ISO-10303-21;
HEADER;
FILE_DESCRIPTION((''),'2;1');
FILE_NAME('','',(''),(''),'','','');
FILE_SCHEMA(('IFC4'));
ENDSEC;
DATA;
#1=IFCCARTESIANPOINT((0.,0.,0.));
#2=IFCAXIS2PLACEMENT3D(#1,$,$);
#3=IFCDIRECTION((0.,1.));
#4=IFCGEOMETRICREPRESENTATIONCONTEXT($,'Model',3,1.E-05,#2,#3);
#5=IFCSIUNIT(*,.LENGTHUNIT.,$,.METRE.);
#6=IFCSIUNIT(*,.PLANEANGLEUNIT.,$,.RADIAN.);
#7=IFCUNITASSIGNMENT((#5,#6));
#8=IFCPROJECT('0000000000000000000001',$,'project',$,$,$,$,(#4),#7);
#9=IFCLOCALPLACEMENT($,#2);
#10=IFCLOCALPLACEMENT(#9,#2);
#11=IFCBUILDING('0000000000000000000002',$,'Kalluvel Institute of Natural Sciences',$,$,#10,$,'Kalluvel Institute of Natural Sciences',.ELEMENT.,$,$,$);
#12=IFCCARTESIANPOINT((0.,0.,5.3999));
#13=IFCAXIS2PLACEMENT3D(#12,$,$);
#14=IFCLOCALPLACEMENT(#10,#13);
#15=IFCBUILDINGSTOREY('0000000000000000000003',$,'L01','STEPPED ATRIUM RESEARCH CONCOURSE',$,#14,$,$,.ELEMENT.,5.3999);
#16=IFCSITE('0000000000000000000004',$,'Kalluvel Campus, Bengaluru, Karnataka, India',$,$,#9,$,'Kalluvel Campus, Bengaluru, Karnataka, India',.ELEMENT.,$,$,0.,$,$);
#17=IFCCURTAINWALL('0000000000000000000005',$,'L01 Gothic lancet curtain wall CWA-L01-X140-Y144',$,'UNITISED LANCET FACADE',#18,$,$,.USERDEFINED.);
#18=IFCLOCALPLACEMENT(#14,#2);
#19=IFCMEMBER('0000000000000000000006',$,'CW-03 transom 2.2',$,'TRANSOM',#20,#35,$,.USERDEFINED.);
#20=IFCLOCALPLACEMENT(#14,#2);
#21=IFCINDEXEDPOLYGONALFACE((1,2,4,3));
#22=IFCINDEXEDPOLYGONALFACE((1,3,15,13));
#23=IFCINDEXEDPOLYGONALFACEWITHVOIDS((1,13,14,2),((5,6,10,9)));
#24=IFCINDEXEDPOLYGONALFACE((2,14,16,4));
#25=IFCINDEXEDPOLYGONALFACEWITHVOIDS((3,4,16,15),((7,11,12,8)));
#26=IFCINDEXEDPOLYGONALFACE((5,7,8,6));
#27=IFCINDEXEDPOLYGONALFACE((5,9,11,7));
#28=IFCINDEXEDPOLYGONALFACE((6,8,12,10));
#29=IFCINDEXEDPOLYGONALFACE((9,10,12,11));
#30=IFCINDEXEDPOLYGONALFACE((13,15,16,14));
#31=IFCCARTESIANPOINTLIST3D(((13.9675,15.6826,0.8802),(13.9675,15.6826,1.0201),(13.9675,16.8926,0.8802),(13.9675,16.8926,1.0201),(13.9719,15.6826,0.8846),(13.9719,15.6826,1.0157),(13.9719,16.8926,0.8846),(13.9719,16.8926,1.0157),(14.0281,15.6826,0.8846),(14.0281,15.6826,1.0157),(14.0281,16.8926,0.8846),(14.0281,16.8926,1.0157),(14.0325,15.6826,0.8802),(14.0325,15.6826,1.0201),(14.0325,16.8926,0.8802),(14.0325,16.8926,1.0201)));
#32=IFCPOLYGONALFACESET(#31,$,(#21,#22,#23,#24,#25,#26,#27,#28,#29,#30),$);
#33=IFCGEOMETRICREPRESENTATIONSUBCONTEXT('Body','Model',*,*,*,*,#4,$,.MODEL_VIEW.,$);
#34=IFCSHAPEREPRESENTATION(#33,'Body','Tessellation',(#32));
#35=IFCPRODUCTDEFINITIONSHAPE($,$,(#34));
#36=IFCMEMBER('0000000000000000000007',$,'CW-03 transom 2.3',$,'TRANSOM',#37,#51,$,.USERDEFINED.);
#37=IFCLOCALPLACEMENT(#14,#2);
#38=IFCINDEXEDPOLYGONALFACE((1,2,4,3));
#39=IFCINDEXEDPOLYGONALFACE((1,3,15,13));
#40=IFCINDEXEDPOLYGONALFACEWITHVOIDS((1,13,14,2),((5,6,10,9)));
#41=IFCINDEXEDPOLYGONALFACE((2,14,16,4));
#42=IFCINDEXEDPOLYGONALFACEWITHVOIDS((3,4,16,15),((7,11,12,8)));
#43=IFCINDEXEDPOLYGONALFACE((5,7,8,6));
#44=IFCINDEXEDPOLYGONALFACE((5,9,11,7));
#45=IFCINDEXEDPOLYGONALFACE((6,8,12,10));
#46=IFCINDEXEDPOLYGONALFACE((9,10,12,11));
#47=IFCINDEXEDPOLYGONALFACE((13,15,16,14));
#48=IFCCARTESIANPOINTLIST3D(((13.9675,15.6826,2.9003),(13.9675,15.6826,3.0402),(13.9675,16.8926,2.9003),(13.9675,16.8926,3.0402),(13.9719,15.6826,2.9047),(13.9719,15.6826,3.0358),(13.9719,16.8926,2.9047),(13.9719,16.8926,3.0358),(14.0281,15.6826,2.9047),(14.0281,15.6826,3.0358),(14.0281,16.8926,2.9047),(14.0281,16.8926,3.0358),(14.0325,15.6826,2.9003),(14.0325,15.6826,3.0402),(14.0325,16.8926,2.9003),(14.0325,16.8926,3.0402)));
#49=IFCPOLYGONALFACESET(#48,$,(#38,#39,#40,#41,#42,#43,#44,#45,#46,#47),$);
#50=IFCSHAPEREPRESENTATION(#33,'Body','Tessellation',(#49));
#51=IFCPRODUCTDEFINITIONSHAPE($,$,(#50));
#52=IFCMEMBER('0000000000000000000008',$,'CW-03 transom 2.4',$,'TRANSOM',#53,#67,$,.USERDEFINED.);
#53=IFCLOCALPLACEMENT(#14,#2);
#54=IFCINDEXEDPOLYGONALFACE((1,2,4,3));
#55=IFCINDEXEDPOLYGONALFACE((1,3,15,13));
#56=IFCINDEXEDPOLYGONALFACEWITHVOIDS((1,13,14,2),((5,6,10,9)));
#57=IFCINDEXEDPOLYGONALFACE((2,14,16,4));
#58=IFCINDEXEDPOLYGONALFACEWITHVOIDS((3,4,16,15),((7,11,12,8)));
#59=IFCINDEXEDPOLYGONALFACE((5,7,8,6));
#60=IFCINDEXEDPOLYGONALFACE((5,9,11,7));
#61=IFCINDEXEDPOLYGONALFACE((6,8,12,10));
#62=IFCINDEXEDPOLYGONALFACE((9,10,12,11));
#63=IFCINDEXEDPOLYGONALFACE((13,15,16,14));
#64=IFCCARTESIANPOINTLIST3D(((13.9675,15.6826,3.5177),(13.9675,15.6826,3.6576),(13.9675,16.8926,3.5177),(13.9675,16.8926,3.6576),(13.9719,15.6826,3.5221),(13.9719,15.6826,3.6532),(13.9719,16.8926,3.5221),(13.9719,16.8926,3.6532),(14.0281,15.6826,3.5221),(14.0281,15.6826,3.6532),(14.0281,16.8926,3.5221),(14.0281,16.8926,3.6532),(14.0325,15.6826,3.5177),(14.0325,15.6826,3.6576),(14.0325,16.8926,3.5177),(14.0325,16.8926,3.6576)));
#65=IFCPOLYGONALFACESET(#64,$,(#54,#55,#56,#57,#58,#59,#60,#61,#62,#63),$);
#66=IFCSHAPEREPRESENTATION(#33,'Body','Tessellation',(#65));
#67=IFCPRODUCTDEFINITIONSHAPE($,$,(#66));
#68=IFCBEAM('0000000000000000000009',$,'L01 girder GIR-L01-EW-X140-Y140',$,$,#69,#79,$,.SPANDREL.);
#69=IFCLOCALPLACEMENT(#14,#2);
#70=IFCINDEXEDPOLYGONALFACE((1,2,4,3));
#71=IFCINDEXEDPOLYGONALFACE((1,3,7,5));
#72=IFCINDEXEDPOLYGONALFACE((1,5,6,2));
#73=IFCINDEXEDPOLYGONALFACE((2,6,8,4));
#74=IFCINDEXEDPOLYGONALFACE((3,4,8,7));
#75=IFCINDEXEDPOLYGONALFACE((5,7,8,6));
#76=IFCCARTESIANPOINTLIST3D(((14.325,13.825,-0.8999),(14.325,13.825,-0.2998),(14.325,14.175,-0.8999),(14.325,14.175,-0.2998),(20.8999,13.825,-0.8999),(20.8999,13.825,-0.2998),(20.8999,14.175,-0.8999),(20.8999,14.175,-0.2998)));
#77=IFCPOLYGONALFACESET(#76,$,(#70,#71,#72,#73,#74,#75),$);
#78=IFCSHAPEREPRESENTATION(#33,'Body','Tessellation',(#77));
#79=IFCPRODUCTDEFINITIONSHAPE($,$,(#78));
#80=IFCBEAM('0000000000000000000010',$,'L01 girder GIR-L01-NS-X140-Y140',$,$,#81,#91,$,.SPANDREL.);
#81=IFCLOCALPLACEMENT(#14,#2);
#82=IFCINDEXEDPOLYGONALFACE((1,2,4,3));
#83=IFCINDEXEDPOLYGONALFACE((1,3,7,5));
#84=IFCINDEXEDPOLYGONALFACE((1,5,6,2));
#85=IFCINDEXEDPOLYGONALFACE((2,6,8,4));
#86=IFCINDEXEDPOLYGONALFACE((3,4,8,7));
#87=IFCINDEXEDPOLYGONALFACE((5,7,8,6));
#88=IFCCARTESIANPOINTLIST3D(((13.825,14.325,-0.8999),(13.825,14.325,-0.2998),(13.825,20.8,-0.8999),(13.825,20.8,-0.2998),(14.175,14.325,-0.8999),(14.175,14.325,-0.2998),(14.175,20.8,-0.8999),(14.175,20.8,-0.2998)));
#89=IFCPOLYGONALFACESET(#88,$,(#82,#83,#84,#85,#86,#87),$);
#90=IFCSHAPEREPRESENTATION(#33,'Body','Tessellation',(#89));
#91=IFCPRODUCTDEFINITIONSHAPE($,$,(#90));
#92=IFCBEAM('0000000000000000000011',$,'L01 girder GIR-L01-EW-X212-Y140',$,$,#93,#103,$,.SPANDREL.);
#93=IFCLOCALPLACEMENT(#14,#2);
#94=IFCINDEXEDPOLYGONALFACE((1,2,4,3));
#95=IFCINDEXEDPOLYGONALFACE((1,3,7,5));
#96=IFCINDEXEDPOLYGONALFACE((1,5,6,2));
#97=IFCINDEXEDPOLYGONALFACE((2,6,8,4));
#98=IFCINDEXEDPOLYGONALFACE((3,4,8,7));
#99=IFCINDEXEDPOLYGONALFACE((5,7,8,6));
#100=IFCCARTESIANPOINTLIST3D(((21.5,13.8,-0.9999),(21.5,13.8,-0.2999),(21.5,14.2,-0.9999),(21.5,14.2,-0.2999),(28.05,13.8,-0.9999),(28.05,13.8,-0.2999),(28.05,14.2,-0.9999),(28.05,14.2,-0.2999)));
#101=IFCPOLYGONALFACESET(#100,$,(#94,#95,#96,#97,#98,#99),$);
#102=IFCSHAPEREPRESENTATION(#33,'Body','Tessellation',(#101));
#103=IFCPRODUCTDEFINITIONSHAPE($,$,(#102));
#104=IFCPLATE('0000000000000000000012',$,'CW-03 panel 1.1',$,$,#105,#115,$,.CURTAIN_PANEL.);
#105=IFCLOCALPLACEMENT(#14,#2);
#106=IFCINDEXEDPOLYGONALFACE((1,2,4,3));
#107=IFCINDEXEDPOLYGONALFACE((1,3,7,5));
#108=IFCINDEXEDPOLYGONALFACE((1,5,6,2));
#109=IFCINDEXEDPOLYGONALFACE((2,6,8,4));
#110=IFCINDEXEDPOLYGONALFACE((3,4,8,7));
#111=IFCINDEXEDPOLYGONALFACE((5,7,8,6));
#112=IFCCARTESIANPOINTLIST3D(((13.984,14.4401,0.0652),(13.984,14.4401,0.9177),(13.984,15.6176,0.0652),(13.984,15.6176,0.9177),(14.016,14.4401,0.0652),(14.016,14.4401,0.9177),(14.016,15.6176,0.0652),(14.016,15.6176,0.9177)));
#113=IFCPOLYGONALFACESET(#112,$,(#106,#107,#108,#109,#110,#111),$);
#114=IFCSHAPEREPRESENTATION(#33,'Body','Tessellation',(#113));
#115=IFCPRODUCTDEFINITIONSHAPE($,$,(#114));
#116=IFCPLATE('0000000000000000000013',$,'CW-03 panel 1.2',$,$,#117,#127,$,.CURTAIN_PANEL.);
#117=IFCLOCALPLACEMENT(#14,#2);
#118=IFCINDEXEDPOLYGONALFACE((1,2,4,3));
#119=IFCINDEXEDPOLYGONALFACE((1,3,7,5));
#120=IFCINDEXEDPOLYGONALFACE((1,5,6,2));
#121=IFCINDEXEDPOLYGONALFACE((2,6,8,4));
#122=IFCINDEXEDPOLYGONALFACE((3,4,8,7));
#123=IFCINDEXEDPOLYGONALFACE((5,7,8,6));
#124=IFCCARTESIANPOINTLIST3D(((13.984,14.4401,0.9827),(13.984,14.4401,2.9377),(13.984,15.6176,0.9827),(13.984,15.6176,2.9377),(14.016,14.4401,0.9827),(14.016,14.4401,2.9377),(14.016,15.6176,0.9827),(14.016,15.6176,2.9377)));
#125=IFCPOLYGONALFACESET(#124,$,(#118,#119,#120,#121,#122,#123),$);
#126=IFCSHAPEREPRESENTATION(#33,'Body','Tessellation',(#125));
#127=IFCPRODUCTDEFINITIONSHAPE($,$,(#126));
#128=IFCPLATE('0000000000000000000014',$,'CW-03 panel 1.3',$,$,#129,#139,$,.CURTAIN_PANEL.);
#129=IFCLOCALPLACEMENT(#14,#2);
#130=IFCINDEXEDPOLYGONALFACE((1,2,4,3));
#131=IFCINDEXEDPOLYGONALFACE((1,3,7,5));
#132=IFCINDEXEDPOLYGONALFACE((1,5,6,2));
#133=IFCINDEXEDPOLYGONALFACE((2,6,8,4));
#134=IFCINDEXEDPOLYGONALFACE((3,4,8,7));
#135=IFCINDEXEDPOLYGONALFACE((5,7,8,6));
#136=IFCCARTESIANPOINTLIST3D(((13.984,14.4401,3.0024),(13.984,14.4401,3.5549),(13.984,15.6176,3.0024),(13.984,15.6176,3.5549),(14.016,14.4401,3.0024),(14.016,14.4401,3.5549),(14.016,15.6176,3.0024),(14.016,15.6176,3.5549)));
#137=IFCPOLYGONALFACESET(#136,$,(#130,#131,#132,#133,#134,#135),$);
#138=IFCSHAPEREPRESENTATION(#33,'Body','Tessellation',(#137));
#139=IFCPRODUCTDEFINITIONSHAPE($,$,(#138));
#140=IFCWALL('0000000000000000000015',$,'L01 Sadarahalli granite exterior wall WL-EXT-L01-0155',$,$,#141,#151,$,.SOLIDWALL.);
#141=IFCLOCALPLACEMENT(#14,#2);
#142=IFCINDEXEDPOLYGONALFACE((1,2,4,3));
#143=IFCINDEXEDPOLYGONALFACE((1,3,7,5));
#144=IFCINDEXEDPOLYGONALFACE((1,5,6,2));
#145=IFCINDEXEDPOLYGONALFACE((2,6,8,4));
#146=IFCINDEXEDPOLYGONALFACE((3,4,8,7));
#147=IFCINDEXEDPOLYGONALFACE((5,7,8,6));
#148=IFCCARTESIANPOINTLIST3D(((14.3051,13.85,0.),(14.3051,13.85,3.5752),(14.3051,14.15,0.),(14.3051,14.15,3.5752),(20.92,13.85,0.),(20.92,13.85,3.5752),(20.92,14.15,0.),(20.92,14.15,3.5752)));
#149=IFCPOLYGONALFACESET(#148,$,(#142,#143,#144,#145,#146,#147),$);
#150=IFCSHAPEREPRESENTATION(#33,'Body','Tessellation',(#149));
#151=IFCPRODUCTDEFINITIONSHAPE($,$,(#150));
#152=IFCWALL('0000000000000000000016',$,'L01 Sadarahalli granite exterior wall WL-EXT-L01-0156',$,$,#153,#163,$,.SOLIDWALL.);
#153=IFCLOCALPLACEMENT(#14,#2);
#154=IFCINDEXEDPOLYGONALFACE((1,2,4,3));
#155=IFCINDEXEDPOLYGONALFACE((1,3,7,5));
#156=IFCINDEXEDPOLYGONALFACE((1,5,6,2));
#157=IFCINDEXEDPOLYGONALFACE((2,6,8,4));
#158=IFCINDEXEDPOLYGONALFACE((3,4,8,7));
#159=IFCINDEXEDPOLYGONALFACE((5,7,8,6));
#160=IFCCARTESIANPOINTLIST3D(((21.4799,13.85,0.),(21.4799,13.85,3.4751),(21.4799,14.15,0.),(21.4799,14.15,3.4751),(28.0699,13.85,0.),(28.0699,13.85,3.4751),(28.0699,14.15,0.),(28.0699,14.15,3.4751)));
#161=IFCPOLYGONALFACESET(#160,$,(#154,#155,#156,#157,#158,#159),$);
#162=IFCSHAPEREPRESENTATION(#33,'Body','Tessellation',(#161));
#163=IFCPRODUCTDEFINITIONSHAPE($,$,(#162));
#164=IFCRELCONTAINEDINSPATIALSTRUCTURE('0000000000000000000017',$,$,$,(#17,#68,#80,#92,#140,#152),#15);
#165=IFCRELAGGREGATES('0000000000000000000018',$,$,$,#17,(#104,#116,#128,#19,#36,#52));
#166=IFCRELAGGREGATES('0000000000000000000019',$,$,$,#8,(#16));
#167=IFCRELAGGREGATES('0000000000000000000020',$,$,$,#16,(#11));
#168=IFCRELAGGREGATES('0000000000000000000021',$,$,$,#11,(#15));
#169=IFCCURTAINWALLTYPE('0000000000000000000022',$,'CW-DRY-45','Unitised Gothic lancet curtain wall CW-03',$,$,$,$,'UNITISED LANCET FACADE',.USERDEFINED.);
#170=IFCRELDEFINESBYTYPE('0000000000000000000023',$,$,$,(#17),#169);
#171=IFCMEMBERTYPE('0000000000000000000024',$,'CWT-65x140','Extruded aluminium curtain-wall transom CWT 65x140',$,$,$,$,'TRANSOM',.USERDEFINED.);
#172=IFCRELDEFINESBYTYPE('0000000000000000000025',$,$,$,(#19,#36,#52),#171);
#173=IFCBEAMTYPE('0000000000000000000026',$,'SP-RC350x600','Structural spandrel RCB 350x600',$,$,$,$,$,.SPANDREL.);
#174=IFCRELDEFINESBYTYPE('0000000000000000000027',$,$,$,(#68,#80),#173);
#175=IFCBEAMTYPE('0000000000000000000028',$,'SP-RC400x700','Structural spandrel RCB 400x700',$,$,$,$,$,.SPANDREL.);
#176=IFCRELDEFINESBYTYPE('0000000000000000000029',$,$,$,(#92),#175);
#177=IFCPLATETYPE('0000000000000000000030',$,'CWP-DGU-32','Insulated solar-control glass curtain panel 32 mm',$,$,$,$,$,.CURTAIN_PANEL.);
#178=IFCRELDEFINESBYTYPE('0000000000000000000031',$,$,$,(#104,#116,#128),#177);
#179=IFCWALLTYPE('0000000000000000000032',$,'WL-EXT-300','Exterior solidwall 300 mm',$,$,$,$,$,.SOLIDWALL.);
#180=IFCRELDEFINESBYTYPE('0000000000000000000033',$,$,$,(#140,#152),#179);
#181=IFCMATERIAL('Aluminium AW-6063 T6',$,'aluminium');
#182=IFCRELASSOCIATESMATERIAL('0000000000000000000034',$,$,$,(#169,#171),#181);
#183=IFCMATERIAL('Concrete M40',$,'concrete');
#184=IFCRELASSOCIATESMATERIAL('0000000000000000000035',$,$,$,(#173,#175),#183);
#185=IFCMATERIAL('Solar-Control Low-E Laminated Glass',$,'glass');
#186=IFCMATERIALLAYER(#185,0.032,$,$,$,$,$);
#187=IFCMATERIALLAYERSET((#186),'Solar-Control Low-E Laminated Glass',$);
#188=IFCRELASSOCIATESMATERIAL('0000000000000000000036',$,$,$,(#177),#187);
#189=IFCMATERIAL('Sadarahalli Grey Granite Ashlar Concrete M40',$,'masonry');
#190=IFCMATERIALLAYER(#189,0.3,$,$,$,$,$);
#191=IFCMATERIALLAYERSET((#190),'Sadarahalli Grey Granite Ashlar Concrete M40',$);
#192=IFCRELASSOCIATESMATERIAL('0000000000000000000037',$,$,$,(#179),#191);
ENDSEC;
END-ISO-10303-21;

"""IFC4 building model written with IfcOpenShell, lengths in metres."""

from ifc_helpers import new_model, si_unit, direction, frame, frame_2d, origin, origin_2d, place, context, subcontext, project, spatial, rectangle, hollow_rectangle, extrude, material, layer, layer_set, material_profile, profile_set, type_object, element, aggregate, save


model = new_model("IFC4")

# Units and contexts
model_context = context("Model", 3, precision=1e-05, world=origin(), true_north=direction((0.0, 1.0)))
body_context = subcontext(model_context, "Body", "Model", "MODEL_VIEW")
ifc_project = project(units=[si_unit("LENGTHUNIT", "METRE"), si_unit("PLANEANGLEUNIT", "RADIAN")], contexts=[model_context])

# Site, building, storey
site_placement = place(None, origin())
site = spatial("IfcSite", under=ifc_project, at=site_placement, Name="Kalluvel Campus, Bengaluru, Karnataka, India", LongName="Kalluvel Campus, Bengaluru, Karnataka, India", CompositionType="ELEMENT", RefElevation=0.0)
building_placement = place(site_placement, origin())
building = spatial("IfcBuilding", under=site, at=building_placement, Name="Kalluvel Institute of Natural Sciences", LongName="Kalluvel Institute of Natural Sciences", CompositionType="ELEMENT")
storey_placement = place(building_placement, frame((0.0, 0.0, 5.3999)))
storey = spatial("IfcBuildingStorey", under=building, at=storey_placement, Name="L01", Description="STEPPED ATRIUM RESEARCH CONCOURSE", CompositionType="ELEMENT", Elevation=5.3999)

# Shared definitions
ifc_material_1 = material(Name="Concrete M40", Category="concrete")

# Curtain wall, members
ifc_material_2 = material(Name="Aluminium AW-6063 T6", Category="aluminium")
curtain_wall_type = type_object("IfcCurtainWallType", Name="CW-DRY-45", Description="Unitised Gothic lancet curtain wall CW-03", ElementType="UNITISED LANCET FACADE", PredefinedType="USERDEFINED", material=ifc_material_2)
curtain_wall_placement = place(storey_placement, origin())
curtain_wall = element("IfcCurtainWall", 1, at=curtain_wall_placement, inside=storey, type_object=curtain_wall_type, Name="L01 Gothic lancet curtain wall CWA-L01-X140-Y144", ObjectType="UNITISED LANCET FACADE", PredefinedType="USERDEFINED")
ifc_material_profile_1 = material_profile(ifc_material_2, hollow_rectangle(XDim=0.0649, YDim=0.1399, WallThickness=0.0044, at=origin_2d()), Name="CWT 65x140")
ifc_profile_set_1 = profile_set([ifc_material_profile_1], Name="Aluminium AW-6063 T6")
member_type_1 = type_object("IfcMemberType", Name="CWT-65x140", Description="Extruded aluminium curtain-wall transom CWT 65x140", ElementType="TRANSOM", PredefinedType="USERDEFINED", material=ifc_profile_set_1)
member_1_placement = place(storey_placement, frame((14.0, 15.6826, 0.9502), z_axis=(0.0, 1.0, 0.0), x_axis=(-1.0, 0.0, 0.0)))
member_1 = element("IfcMember", 2, at=member_1_placement, type_object=member_type_1, Name="CW-03 transom 2.2", ObjectType="TRANSOM", PredefinedType="USERDEFINED", context=body_context, shape_type="SweptSolid", body=[
    extrude(hollow_rectangle(XDim=0.0649, YDim=0.1399, WallThickness=0.0044, at=origin_2d()), origin(), (0.0, 0.0, 1.0), 1.21),
])
member_2_placement = place(storey_placement, frame((14.0, 15.6826, 2.9702), z_axis=(0.0, 1.0, 0.0), x_axis=(-1.0, 0.0, 0.0)))
member_2 = element("IfcMember", 3, at=member_2_placement, type_object=member_type_1, Name="CW-03 transom 2.3", ObjectType="TRANSOM", PredefinedType="USERDEFINED", context=body_context, shape_type="SweptSolid", body=[
    extrude(hollow_rectangle(XDim=0.0649, YDim=0.1399, WallThickness=0.0044, at=origin_2d()), origin(), (0.0, 0.0, 1.0), 1.21),
])
member_3_placement = place(storey_placement, frame((14.0, 15.6826, 3.5876), z_axis=(0.0, 1.0, 0.0), x_axis=(-1.0, 0.0, 0.0)))
member_3 = element("IfcMember", 4, at=member_3_placement, type_object=member_type_1, Name="CW-03 transom 2.4", ObjectType="TRANSOM", PredefinedType="USERDEFINED", context=body_context, shape_type="SweptSolid", body=[
    extrude(hollow_rectangle(XDim=0.0649, YDim=0.1399, WallThickness=0.0044, at=origin_2d()), origin(), (0.0, 0.0, 1.0), 1.21),
])

# Beams
ifc_material_profile_2 = material_profile(ifc_material_1, rectangle(XDim=0.3501, YDim=0.6001, at=origin_2d()), Name="RCB 350x600")
ifc_profile_set_2 = profile_set([ifc_material_profile_2], Name="Concrete M40")
beam_type_1 = type_object("IfcBeamType", Name="SP-RC350x600", Description="Structural spandrel RCB 350x600", PredefinedType="SPANDREL", material=ifc_profile_set_2)
beam_1_placement = place(storey_placement, frame((14.325, 14.0, -0.5999), z_axis=(1.0, 0.0, 0.0), x_axis=(0.0, 1.0, 0.0)))
element("IfcBeam", 5, at=beam_1_placement, inside=storey, type_object=beam_type_1, Name="L01 girder GIR-L01-EW-X140-Y140", PredefinedType="SPANDREL", context=body_context, shape_type="SweptSolid", body=[
    extrude(rectangle(XDim=0.3501, YDim=0.6001, at=origin_2d()), origin(), (0.0, 0.0, 1.0), 6.575),
])
beam_2_placement = place(storey_placement, frame((14.0, 14.325, -0.5999), z_axis=(0.0, 1.0, 0.0), x_axis=(-1.0, 0.0, 0.0)))
element("IfcBeam", 6, at=beam_2_placement, inside=storey, type_object=beam_type_1, Name="L01 girder GIR-L01-NS-X140-Y140", PredefinedType="SPANDREL", context=body_context, shape_type="SweptSolid", body=[
    extrude(rectangle(XDim=0.3501, YDim=0.6001, at=origin_2d()), origin(), (0.0, 0.0, 1.0), 6.4751),
])
ifc_material_profile_3 = material_profile(ifc_material_1, rectangle(XDim=0.3999, YDim=0.7, at=origin_2d()), Name="RCB 400x700")
ifc_profile_set_3 = profile_set([ifc_material_profile_3], Name="Concrete M40")
beam_type_2 = type_object("IfcBeamType", Name="SP-RC400x700", Description="Structural spandrel RCB 400x700", PredefinedType="SPANDREL", material=ifc_profile_set_3)
beam_3_placement = place(storey_placement, frame((21.5, 14.0, -0.6499), z_axis=(1.0, 0.0, 0.0), x_axis=(0.0, 1.0, 0.0)))
element("IfcBeam", 7, at=beam_3_placement, inside=storey, type_object=beam_type_2, Name="L01 girder GIR-L01-EW-X212-Y140", PredefinedType="SPANDREL", context=body_context, shape_type="SweptSolid", body=[
    extrude(rectangle(XDim=0.3999, YDim=0.7, at=origin_2d()), origin(), (0.0, 0.0, 1.0), 6.55),
])

# Plates
ifc_material_3 = material(Name="Solar-Control Low-E Laminated Glass", Category="glass")
ifc_layer_1 = layer(ifc_material_3, 0.032)
ifc_layer_set_1 = layer_set([ifc_layer_1], Name="Solar-Control Low-E Laminated Glass")
plate_type = type_object("IfcPlateType", Name="CWP-DGU-32", Description="Insulated solar-control glass curtain panel 32 mm", PredefinedType="CURTAIN_PANEL", material=ifc_layer_set_1)
plate_1_placement = place(storey_placement, frame((14.0, 15.0288, 0.0652), z_axis=(0.0, 0.0, 1.0), x_axis=(0.0, 1.0, 0.0)))
plate_1 = element("IfcPlate", 8, at=plate_1_placement, type_object=plate_type, Name="CW-03 panel 1.1", PredefinedType="CURTAIN_PANEL", context=body_context, shape_type="SweptSolid", body=[
    extrude(rectangle(XDim=1.1775, YDim=0.032, at=origin_2d()), origin(), (0.0, 0.0, 1.0), 0.8525),
])
plate_2_placement = place(storey_placement, frame((14.0, 15.0288, 0.9827), z_axis=(0.0, 0.0, 1.0), x_axis=(0.0, 1.0, 0.0)))
plate_2 = element("IfcPlate", 9, at=plate_2_placement, type_object=plate_type, Name="CW-03 panel 1.2", PredefinedType="CURTAIN_PANEL", context=body_context, shape_type="SweptSolid", body=[
    extrude(rectangle(XDim=1.1775, YDim=0.032, at=origin_2d()), origin(), (0.0, 0.0, 1.0), 1.9551),
])
plate_3_placement = place(storey_placement, frame((14.0, 15.0288, 3.0024), z_axis=(0.0, 0.0, 1.0), x_axis=(0.0, 1.0, 0.0)))
plate_3 = element("IfcPlate", 10, at=plate_3_placement, type_object=plate_type, Name="CW-03 panel 1.3", PredefinedType="CURTAIN_PANEL", context=body_context, shape_type="SweptSolid", body=[
    extrude(rectangle(XDim=1.1775, YDim=0.032, at=origin_2d()), origin(), (0.0, 0.0, 1.0), 0.5525),
])
aggregate(curtain_wall, [plate_1, plate_2, plate_3, member_1, member_2, member_3])

# Walls
ifc_material_4 = material(Name="Sadarahalli Grey Granite Ashlar Concrete M40", Category="masonry")
ifc_layer_2 = layer(ifc_material_4, 0.3)
ifc_layer_set_2 = layer_set([ifc_layer_2], Name="Sadarahalli Grey Granite Ashlar Concrete M40")
wall_type_1 = type_object("IfcWallType", Name="WL-EXT-300", Description="Exterior solidwall 300 mm", PredefinedType="SOLIDWALL", material=ifc_layer_set_2)
wall_1_placement = place(storey_placement, frame((14.3049, 14.0, 0.0), z_axis=(0.0, 0.0, 1.0), x_axis=(1.0, 0.0, 0.0)))
element("IfcWall", 11, at=wall_1_placement, inside=storey, type_object=wall_type_1, Name="L01 Sadarahalli granite exterior wall WL-EXT-L01-0155", PredefinedType="SOLIDWALL", context=body_context, shape_type="SweptSolid", body=[
    extrude(rectangle(XDim=6.615, YDim=0.3, at=frame_2d((3.3076, 0.0))), origin(), (0.0, 0.0, 1.0), 3.5752),
])
wall_2_placement = place(storey_placement, frame((21.48, 14.0, 0.0), z_axis=(0.0, 0.0, 1.0), x_axis=(1.0, 0.0, 0.0)))
element("IfcWall", 12, at=wall_2_placement, inside=storey, type_object=wall_type_1, Name="L01 Sadarahalli granite exterior wall WL-EXT-L01-0156", PredefinedType="SOLIDWALL", context=body_context, shape_type="SweptSolid", body=[
    extrude(rectangle(XDim=6.5901, YDim=0.3, at=frame_2d((3.2949, 0.0))), origin(), (0.0, 0.0, 1.0), 3.4751),
])

save(model, "model.ifc")
